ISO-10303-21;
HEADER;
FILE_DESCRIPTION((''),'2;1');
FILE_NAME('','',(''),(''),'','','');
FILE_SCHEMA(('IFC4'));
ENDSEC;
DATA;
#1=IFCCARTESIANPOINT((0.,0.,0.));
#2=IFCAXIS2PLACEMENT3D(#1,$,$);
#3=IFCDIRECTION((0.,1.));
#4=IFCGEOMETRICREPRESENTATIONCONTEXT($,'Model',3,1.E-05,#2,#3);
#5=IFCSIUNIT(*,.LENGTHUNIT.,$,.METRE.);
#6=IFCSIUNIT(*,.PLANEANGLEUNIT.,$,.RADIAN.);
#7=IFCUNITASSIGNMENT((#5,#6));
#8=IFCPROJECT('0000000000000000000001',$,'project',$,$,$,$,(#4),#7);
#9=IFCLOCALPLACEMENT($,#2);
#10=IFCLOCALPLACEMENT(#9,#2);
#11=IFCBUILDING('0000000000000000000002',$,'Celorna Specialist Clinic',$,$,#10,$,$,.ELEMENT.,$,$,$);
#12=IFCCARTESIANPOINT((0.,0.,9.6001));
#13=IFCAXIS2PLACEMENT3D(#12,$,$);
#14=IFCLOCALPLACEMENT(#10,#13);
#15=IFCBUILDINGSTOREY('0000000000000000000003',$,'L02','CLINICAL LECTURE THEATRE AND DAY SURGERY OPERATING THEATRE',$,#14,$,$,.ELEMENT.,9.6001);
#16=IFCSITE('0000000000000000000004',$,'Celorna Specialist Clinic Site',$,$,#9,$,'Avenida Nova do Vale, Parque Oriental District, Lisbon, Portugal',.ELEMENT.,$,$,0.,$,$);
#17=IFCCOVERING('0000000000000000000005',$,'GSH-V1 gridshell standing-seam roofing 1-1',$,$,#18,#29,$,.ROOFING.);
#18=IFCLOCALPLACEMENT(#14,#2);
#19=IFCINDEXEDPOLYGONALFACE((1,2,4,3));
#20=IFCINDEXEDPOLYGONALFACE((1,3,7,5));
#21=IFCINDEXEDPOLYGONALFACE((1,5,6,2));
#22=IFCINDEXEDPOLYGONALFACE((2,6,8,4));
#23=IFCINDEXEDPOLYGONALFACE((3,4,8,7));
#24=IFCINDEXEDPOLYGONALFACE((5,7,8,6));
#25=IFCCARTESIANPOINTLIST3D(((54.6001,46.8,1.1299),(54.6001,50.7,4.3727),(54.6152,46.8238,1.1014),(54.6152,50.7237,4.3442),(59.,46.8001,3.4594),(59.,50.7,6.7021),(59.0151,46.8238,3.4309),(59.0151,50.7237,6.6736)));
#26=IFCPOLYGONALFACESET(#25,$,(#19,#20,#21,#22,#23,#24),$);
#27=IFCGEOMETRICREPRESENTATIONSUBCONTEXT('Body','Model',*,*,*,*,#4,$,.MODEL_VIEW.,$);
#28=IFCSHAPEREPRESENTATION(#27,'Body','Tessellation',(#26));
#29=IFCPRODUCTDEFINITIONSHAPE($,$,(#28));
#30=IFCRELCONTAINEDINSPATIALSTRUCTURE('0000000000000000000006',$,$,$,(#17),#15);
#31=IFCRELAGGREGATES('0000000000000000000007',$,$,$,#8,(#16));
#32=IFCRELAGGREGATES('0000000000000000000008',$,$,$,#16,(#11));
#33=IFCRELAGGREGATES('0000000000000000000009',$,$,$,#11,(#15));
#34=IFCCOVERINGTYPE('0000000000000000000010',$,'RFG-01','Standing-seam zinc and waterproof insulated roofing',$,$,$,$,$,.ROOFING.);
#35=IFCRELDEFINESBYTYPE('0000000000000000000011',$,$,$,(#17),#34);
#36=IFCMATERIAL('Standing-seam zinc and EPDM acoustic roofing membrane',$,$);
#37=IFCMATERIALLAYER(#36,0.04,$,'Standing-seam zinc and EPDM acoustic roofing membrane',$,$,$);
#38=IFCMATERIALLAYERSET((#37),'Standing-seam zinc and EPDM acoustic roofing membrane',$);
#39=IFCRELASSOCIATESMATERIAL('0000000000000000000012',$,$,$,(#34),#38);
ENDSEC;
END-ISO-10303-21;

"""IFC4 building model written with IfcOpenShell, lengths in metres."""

from ifc_helpers import new_model, si_unit, direction, frame, origin, place, context, subcontext, project, spatial, polyline, outline, extrude, material, layer, layer_set, type_object, element, save


model = new_model("IFC4")

# Units and contexts
model_context = context("Model", 3, precision=1e-05, world=origin(), true_north=direction((0.0, 1.0)))
body_context = subcontext(model_context, "Body", "Model", "MODEL_VIEW")
ifc_project = project(units=[si_unit("LENGTHUNIT", "METRE"), si_unit("PLANEANGLEUNIT", "RADIAN")], contexts=[model_context])

# Site, building, storey
site_placement = place(None, origin())
site = spatial("IfcSite", under=ifc_project, at=site_placement, Name="Celorna Specialist Clinic Site", LongName="Avenida Nova do Vale, Parque Oriental District, Lisbon, Portugal", CompositionType="ELEMENT", RefElevation=0.0)
building_placement = place(site_placement, origin())
building = spatial("IfcBuilding", under=site, at=building_placement, Name="Celorna Specialist Clinic", CompositionType="ELEMENT")
storey_placement = place(building_placement, frame((0.0, 0.0, 9.6001)))
storey = spatial("IfcBuildingStorey", under=building, at=storey_placement, Name="L02", Description="CLINICAL LECTURE THEATRE AND DAY SURGERY OPERATING THEATRE", CompositionType="ELEMENT", Elevation=9.6001)

# Covering
ifc_material_1 = material(Name="Standing-seam zinc and EPDM acoustic roofing membrane")
ifc_layer_1 = layer(ifc_material_1, 0.04, Name="Standing-seam zinc and EPDM acoustic roofing membrane")
ifc_layer_set_1 = layer_set([ifc_layer_1], Name="Standing-seam zinc and EPDM acoustic roofing membrane")
covering_type_1 = type_object("IfcCoveringType", Name="RFG-01", Description="Standing-seam zinc and waterproof insulated roofing", PredefinedType="ROOFING", material=ifc_layer_set_1)
covering_1_placement = place(storey_placement, frame((54.6001, 46.8, 1.1299), z_axis=(-0.377044, -0.592168, 0.712162), x_axis=(0.883775, 0.00001, 0.467911)))
element("IfcCovering", 1, at=covering_1_placement, inside=storey, type_object=covering_type_1, Name="GSH-V1 gridshell standing-seam roofing 1-1", PredefinedType="ROOFING", context=body_context, shape_type="SweptSolid", body=[
    extrude(outline(polyline([(0.0, 0.0), (4.9786, 0.0), (6.4959, 4.8396), (1.5174, 4.8397), (0.0, 0.0)])), origin(), (0.0, 0.0, -1.0), 0.04),
])

save(model, "model.ifc")
